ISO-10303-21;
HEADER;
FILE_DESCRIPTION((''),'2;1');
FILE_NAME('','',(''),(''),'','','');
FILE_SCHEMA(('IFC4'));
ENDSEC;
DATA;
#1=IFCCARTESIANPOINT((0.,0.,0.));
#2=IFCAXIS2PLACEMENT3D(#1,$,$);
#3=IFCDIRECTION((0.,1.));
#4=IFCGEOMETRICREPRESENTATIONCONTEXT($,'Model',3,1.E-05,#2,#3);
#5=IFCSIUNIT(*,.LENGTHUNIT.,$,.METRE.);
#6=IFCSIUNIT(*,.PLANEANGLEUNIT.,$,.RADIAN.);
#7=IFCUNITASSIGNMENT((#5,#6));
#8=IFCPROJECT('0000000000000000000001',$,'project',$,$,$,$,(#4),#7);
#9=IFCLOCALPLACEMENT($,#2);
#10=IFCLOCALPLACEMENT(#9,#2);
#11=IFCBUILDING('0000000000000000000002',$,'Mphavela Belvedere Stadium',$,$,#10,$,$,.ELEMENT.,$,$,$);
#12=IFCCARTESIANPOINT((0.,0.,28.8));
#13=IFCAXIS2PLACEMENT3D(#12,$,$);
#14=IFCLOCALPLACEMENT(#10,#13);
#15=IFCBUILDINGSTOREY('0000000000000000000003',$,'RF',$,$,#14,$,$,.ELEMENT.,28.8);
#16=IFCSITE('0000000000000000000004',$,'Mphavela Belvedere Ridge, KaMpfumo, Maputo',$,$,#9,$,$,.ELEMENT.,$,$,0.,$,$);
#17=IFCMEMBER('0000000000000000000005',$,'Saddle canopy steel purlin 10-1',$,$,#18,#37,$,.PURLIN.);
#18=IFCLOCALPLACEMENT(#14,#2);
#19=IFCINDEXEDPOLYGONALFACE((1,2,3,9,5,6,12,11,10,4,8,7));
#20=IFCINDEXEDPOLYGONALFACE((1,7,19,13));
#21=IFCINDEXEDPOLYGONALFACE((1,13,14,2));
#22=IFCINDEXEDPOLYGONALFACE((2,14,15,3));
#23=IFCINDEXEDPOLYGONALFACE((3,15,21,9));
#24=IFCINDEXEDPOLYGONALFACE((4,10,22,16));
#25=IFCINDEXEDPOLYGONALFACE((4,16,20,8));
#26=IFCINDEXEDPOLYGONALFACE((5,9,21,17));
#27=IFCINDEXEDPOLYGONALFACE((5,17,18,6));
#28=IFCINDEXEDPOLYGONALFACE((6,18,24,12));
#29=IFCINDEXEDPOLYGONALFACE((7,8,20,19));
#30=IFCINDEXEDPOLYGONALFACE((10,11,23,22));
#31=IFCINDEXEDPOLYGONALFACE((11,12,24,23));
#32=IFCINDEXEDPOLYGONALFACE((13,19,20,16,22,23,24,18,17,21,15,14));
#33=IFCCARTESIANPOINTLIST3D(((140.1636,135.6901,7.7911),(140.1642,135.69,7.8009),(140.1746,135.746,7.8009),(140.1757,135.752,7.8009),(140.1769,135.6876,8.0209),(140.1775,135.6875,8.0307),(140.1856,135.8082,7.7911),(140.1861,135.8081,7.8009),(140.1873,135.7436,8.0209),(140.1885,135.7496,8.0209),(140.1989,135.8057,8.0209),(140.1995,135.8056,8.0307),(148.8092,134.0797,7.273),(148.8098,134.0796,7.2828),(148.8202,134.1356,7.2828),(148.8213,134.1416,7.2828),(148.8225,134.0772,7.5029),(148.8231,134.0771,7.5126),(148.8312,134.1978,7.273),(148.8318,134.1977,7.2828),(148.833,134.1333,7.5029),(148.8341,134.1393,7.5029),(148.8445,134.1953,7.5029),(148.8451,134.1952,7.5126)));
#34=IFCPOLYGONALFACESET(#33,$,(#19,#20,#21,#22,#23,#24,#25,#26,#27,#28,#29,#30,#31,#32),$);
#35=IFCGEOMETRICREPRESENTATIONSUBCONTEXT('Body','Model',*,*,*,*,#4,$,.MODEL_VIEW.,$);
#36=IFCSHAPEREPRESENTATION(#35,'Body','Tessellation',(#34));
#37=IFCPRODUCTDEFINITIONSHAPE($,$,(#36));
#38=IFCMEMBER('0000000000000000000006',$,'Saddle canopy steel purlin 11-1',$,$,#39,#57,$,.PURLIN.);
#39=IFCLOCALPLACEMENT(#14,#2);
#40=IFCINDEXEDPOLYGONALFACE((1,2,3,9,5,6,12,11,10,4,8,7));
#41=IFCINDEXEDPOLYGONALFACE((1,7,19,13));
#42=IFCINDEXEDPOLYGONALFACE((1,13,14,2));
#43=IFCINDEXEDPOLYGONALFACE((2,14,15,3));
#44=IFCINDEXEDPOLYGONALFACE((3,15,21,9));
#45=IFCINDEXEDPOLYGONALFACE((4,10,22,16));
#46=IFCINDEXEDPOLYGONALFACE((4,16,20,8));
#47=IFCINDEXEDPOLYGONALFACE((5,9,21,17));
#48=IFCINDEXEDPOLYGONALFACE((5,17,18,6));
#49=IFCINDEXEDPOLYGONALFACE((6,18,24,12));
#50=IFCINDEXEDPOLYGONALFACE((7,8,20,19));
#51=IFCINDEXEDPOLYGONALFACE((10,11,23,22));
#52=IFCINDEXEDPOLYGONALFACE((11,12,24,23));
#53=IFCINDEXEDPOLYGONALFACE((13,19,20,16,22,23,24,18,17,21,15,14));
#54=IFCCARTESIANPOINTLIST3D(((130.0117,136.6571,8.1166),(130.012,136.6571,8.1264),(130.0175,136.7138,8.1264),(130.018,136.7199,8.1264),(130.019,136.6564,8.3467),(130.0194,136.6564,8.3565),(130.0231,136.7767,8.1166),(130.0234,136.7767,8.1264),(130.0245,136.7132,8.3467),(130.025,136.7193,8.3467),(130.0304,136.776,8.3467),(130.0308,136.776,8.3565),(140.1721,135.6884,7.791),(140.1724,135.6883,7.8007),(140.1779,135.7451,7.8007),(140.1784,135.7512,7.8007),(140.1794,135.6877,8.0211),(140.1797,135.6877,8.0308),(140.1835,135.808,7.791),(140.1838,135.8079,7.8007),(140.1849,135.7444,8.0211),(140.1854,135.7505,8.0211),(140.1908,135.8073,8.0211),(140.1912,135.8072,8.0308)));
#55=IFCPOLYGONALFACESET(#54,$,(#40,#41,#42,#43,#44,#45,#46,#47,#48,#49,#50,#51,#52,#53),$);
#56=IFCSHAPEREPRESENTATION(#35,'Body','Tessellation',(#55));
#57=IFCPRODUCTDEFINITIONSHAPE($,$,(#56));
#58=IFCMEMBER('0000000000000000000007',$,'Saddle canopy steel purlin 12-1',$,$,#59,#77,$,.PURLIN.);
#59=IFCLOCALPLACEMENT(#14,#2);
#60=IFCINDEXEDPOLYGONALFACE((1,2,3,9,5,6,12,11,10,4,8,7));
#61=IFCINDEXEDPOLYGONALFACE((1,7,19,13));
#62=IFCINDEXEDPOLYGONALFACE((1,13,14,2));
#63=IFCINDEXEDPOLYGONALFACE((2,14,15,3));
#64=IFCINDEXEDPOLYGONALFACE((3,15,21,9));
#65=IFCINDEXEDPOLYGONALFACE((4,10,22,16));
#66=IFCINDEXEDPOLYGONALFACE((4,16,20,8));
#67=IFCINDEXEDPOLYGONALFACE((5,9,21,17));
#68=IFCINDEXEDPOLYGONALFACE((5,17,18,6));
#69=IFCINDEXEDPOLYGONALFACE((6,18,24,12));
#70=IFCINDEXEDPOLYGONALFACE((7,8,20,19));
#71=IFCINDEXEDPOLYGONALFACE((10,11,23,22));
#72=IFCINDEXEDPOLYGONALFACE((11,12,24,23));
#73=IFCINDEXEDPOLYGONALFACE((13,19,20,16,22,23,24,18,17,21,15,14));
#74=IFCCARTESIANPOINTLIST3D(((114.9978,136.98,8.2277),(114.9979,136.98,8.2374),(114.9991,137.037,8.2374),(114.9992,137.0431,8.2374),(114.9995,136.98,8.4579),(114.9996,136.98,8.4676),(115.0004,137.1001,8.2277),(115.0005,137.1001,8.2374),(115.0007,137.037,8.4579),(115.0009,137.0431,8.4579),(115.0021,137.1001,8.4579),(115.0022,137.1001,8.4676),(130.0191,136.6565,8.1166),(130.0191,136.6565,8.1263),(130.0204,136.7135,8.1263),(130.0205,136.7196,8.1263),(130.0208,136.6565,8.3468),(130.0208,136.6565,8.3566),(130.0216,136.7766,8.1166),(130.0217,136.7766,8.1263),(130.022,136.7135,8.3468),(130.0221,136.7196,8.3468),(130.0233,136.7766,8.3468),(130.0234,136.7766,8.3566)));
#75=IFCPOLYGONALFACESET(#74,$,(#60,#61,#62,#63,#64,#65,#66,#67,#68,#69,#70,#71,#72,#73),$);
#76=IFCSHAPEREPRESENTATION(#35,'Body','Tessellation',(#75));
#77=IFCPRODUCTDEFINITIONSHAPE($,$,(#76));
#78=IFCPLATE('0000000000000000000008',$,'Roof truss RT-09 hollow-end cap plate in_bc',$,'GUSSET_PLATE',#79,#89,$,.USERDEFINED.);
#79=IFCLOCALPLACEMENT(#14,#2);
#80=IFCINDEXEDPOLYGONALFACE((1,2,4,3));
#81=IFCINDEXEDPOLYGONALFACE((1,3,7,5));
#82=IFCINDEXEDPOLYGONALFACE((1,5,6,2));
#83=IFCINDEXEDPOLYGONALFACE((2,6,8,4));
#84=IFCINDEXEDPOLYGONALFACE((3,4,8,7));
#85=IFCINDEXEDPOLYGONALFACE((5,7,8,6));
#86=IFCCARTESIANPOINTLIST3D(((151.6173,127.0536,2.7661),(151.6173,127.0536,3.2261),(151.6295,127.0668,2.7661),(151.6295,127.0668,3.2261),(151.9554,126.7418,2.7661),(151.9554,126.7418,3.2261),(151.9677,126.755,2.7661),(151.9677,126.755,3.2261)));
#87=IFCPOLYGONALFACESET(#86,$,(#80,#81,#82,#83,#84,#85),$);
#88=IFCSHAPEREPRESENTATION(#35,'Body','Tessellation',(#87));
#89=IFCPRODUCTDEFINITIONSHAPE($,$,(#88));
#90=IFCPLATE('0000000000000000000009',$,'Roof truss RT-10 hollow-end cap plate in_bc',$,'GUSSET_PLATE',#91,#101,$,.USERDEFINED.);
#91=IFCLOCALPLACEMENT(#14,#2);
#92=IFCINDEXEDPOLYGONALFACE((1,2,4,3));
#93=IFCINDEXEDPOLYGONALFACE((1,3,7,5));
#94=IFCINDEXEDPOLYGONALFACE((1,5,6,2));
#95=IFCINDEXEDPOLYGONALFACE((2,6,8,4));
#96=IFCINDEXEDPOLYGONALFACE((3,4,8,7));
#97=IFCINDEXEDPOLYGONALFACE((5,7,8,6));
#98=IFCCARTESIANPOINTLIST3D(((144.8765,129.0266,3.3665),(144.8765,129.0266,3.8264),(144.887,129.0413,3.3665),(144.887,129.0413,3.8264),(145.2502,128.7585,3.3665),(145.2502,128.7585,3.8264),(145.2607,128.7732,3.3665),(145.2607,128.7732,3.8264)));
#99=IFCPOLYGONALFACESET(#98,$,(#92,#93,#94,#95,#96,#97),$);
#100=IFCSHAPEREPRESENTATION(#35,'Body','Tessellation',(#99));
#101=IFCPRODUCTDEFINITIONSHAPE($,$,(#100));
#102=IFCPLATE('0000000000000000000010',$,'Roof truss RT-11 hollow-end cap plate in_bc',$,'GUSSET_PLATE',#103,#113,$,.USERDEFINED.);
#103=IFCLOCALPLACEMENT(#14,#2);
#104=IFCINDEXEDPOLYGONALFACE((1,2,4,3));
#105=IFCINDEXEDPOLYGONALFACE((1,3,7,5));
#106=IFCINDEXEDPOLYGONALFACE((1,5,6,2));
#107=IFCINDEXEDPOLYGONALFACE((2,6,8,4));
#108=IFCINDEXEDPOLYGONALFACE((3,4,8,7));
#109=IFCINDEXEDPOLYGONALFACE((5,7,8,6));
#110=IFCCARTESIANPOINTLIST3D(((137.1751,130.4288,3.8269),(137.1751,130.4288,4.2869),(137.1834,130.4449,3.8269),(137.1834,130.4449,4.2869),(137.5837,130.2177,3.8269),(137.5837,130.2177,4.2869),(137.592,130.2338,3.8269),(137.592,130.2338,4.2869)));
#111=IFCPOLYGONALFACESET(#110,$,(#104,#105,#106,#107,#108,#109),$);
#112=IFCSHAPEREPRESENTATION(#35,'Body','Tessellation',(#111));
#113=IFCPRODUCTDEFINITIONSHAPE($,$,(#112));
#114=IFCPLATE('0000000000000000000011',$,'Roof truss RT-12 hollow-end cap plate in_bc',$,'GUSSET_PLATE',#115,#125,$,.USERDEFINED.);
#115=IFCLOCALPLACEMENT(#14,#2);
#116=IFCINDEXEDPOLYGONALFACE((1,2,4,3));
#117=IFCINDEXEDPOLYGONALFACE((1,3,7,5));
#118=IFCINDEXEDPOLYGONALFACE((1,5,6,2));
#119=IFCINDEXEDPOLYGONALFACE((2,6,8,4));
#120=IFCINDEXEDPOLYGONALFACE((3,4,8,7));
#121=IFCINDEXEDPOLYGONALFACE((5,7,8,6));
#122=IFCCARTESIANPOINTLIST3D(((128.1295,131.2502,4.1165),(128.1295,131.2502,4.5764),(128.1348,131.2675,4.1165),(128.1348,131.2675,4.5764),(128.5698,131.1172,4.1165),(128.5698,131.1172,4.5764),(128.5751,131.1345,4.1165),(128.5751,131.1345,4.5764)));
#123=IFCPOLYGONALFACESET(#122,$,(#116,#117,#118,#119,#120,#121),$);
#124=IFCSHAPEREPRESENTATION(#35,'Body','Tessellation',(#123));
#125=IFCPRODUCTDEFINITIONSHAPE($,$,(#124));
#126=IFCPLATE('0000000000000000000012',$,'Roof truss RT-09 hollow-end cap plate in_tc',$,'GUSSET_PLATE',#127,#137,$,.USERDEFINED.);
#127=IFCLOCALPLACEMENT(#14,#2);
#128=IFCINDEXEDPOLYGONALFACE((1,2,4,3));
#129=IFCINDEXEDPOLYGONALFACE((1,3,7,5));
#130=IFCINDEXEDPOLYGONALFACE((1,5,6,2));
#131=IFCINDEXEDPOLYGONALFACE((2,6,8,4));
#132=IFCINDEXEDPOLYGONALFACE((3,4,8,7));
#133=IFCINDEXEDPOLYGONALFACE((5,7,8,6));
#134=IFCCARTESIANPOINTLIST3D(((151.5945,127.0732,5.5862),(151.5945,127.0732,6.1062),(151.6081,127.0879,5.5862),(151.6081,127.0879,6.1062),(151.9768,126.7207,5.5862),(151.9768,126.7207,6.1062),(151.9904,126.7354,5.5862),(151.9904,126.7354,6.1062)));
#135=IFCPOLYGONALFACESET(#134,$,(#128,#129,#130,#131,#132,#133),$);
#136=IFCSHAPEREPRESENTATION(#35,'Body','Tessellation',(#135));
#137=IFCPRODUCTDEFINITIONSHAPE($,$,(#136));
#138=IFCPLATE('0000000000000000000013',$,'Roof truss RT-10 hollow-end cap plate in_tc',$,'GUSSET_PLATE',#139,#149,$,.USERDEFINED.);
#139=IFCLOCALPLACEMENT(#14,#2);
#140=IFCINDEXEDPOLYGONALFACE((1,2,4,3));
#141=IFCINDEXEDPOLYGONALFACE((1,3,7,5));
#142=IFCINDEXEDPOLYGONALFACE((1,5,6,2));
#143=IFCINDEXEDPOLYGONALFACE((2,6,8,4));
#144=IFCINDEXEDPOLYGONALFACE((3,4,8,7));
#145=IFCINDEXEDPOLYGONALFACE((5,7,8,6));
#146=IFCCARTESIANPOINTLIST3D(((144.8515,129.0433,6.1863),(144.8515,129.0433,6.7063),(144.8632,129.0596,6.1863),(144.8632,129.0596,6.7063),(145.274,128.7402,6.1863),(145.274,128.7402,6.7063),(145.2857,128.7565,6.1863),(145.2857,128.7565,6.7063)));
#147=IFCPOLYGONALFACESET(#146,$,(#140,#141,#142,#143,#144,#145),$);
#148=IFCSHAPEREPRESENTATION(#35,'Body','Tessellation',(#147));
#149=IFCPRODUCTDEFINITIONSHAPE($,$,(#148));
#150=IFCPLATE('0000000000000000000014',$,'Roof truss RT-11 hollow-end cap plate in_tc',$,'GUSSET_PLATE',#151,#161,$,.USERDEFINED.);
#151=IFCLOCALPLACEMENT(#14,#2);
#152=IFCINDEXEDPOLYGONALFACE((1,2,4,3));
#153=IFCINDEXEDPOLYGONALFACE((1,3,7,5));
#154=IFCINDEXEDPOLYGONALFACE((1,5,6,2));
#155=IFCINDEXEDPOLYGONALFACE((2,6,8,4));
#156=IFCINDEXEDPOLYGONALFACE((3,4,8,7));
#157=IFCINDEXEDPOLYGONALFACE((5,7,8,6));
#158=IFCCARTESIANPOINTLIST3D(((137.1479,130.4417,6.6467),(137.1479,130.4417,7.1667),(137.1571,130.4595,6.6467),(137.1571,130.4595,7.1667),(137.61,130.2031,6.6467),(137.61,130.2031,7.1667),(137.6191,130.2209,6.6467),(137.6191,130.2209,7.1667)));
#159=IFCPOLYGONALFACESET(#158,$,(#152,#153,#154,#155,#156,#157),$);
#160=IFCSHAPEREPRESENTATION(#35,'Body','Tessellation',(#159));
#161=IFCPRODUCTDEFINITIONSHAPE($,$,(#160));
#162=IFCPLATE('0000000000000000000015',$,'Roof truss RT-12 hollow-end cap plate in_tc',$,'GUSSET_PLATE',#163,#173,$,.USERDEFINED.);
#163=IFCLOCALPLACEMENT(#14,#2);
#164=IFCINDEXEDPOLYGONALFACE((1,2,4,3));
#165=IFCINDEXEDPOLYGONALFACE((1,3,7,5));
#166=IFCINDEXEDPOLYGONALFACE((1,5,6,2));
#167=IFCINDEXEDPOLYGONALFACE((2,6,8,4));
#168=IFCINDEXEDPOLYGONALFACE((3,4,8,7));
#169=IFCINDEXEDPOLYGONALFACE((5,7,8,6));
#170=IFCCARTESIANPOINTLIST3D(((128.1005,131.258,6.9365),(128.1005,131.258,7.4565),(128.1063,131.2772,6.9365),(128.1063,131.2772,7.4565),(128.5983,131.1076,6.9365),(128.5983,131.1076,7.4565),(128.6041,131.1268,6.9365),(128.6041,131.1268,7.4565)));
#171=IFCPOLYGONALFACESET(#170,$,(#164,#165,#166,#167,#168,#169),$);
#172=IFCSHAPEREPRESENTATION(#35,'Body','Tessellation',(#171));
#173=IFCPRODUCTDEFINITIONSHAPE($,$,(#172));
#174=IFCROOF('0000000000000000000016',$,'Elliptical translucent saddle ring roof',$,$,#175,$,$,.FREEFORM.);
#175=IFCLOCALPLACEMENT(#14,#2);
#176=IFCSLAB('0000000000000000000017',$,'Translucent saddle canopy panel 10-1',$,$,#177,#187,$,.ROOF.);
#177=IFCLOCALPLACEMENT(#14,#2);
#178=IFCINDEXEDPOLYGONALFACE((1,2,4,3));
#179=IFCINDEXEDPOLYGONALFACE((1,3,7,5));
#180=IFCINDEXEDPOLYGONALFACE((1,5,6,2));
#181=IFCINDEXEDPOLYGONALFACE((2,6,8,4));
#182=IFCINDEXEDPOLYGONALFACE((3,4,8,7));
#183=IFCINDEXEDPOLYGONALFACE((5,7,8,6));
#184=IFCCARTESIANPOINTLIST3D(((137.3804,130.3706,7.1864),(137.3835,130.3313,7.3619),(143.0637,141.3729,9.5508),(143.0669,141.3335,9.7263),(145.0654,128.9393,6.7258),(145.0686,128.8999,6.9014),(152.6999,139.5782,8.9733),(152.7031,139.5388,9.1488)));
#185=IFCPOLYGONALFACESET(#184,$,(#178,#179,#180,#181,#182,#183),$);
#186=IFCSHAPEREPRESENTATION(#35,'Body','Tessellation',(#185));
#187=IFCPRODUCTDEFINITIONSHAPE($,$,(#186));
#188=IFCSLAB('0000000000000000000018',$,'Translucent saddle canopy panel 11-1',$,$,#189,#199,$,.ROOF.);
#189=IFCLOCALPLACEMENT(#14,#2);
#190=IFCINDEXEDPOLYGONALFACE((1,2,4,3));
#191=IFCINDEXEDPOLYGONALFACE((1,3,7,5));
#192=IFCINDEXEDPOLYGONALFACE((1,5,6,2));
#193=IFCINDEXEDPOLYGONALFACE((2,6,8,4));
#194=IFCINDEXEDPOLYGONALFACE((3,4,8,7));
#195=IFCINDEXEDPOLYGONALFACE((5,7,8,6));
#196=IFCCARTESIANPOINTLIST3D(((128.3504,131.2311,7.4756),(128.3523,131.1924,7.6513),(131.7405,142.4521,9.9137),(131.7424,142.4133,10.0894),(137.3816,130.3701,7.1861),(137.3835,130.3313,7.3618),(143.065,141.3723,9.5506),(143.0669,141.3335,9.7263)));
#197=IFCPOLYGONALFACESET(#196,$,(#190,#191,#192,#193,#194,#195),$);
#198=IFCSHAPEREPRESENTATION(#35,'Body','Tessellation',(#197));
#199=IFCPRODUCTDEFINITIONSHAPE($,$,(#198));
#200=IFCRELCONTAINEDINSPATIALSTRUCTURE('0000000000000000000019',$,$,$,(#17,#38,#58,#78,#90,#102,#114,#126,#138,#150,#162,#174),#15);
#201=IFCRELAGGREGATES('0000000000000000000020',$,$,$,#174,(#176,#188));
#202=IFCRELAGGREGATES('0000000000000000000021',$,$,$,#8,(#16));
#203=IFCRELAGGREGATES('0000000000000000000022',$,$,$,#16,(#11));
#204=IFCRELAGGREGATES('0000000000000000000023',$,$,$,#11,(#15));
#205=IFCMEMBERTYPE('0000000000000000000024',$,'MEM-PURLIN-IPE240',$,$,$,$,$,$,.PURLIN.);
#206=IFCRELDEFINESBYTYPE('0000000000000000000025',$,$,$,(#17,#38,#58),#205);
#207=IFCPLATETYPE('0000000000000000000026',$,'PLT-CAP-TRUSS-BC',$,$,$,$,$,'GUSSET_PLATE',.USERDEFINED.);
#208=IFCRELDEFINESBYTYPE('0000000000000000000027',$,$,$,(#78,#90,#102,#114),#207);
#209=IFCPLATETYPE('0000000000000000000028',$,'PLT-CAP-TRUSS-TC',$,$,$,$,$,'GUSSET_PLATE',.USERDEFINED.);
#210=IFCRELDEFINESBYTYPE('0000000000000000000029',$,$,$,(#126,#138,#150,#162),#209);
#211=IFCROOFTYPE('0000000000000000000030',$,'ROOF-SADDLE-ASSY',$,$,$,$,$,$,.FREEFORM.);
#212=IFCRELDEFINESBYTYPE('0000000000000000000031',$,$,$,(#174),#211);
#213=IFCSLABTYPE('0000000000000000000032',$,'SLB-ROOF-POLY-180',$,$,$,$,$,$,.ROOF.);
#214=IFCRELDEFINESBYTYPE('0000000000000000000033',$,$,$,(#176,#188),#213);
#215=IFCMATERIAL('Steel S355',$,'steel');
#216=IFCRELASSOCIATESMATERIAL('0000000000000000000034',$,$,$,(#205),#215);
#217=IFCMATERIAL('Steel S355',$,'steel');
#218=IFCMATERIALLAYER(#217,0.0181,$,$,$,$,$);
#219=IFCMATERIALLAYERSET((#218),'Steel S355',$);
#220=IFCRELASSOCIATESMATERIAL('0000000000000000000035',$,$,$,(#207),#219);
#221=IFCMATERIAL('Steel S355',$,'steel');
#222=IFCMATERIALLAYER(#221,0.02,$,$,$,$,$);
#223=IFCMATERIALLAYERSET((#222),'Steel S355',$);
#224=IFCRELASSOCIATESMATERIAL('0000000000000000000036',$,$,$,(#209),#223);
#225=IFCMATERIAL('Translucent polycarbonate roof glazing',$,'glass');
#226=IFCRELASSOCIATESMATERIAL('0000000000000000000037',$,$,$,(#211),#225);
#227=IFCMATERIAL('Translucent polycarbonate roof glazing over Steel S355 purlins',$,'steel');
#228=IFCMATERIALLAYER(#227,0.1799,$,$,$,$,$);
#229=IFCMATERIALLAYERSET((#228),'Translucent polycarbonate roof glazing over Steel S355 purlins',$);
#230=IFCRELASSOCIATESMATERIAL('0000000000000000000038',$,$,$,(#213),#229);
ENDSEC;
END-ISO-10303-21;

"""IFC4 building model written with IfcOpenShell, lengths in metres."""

from ifc_helpers import new_model, si_unit, direction, frame, origin, origin_2d, place, context, subcontext, project, spatial, polyline, rectangle, i_section, outline, extrude, material, layer, layer_set, material_profile, profile_set, type_object, element, aggregate, save


model = new_model("IFC4")

# Units and contexts
model_context = context("Model", 3, precision=1e-05, world=origin(), true_north=direction((0.0, 1.0)))
body_context = subcontext(model_context, "Body", "Model", "MODEL_VIEW")
ifc_project = project(units=[si_unit("LENGTHUNIT", "METRE"), si_unit("PLANEANGLEUNIT", "RADIAN")], contexts=[model_context])

# Site, building, storey
site_placement = place(None, origin())
site = spatial("IfcSite", under=ifc_project, at=site_placement, Name="Mphavela Belvedere Ridge, KaMpfumo, Maputo", CompositionType="ELEMENT", RefElevation=0.0)
building_placement = place(site_placement, origin())
building = spatial("IfcBuilding", under=site, at=building_placement, Name="Mphavela Belvedere Stadium", CompositionType="ELEMENT")
storey_placement = place(building_placement, frame((0.0, 0.0, 28.8)))
storey = spatial("IfcBuildingStorey", under=building, at=storey_placement, Name="RF", CompositionType="ELEMENT", Elevation=28.8)

# Members
ifc_material_1 = material(Name="Steel S355", Category="steel")
ifc_material_profile_1 = material_profile(ifc_material_1, i_section(OverallWidth=0.1201, OverallDepth=0.24, WebThickness=0.0061, FlangeThickness=0.0098, at=origin_2d()), Name="IPE 240")
ifc_profile_set_1 = profile_set([ifc_material_profile_1], Name="Steel S355")
member_type_1 = type_object("IfcMemberType", Name="MEM-PURLIN-IPE240", PredefinedType="PURLIN", material=ifc_profile_set_1)
member_1_placement = place(storey_placement, frame((148.8271, 134.1375, 7.3928), z_axis=(-0.98139, 0.182798, 0.058808), x_axis=(-0.183115, -0.983091, 0.0)))
element("IfcMember", 1, at=member_1_placement, inside=storey, type_object=member_type_1, Name="Saddle canopy steel purlin 10-1", PredefinedType="PURLIN", context=body_context, shape_type="SweptSolid", body=[
    extrude(i_section(OverallWidth=0.1201, OverallDepth=0.24, WebThickness=0.0061, FlangeThickness=0.0098, at=origin_2d()), origin(), (0.0, 0.0, 1.0), 8.8096),
])
member_2_placement = place(storey_placement, frame((140.1816, 135.7478, 7.9109), z_axis=(-0.994979, 0.094867, 0.031893), x_axis=(-0.094915, -0.995485, 0.0)))
element("IfcMember", 2, at=member_2_placement, inside=storey, type_object=member_type_1, Name="Saddle canopy steel purlin 11-1", PredefinedType="PURLIN", context=body_context, shape_type="SweptSolid", body=[
    extrude(i_section(OverallWidth=0.1201, OverallDepth=0.24, WebThickness=0.0061, FlangeThickness=0.0098, at=origin_2d()), origin(), (0.0, 0.0, 1.0), 10.2117),
])
member_3_placement = place(storey_placement, frame((130.0212, 136.7166, 8.2366), z_axis=(-0.999741, 0.02153, 0.007393), x_axis=(-0.02153, -0.999768, 0.0)))
element("IfcMember", 3, at=member_3_placement, inside=storey, type_object=member_type_1, Name="Saddle canopy steel purlin 12-1", PredefinedType="PURLIN", context=body_context, shape_type="SweptSolid", body=[
    extrude(i_section(OverallWidth=0.1201, OverallDepth=0.24, WebThickness=0.0061, FlangeThickness=0.0098, at=origin_2d()), origin(), (0.0, 0.0, 1.0), 15.0251),
])

# Plates
ifc_material_2 = material(Name="Steel S355", Category="steel")
ifc_layer_1 = layer(ifc_material_2, 0.0181)
ifc_layer_set_1 = layer_set([ifc_layer_1], Name="Steel S355")
plate_type_1 = type_object("IfcPlateType", Name="PLT-CAP-TRUSS-BC", ElementType="GUSSET_PLATE", PredefinedType="USERDEFINED", material=ifc_layer_set_1)
for number, where, z_axis, x_axis, name in (
    (4, (151.7925, 126.9043, 2.7661), (0.0, 0.0, 1.0), (0.677903, 0.735151, 0.0), "Roof truss RT-09 hollow-end cap plate in_bc"),
    (5, (145.0686, 128.8999, 3.3665), (0.0, 0.0, 1.0), (0.582974, 0.812491, 0.0), "Roof truss RT-10 hollow-end cap plate in_bc"),
    (6, (137.3835, 130.3313, 3.8269), (0.0, 0.0, 1.0), (0.45896, 0.888457, 0.0), "Roof truss RT-11 hollow-end cap plate in_bc"),
    (7, (128.3523, 131.1924, 4.1165), (0.0, 0.0, 1.0), (0.289199, 0.957269, 0.0), "Roof truss RT-12 hollow-end cap plate in_bc"),
):
    element("IfcPlate", number, at=place(storey_placement, frame(where, z_axis=z_axis, x_axis=x_axis)), inside=storey, type_object=plate_type_1, Name=name, ObjectType="GUSSET_PLATE", PredefinedType="USERDEFINED", context=body_context, shape_type="SweptSolid", body=[
        extrude(rectangle(XDim=0.0181, YDim=0.46, at=origin_2d()), origin(), (0.0, 0.0, 1.0), 0.46),
    ])
ifc_material_3 = material(Name="Steel S355", Category="steel")
ifc_layer_2 = layer(ifc_material_3, 0.02)
ifc_layer_set_2 = layer_set([ifc_layer_2], Name="Steel S355")
plate_type_2 = type_object("IfcPlateType", Name="PLT-CAP-TRUSS-TC", ElementType="GUSSET_PLATE", PredefinedType="USERDEFINED", material=ifc_layer_set_2)
for number, where, z_axis, x_axis, name in (
    (8, (151.7925, 126.9043, 5.5862), (0.0, 0.0, 1.0), (0.677903, 0.735151, 0.0), "Roof truss RT-09 hollow-end cap plate in_tc"),
    (9, (145.0686, 128.8999, 6.1863), (0.0, 0.0, 1.0), (0.582974, 0.812491, 0.0), "Roof truss RT-10 hollow-end cap plate in_tc"),
    (10, (137.3835, 130.3313, 6.6467), (0.0, 0.0, 1.0), (0.45896, 0.888457, 0.0), "Roof truss RT-11 hollow-end cap plate in_tc"),
    (11, (128.3523, 131.1924, 6.9365), (0.0, 0.0, 1.0), (0.289199, 0.957269, 0.0), "Roof truss RT-12 hollow-end cap plate in_tc"),
):
    element("IfcPlate", number, at=place(storey_placement, frame(where, z_axis=z_axis, x_axis=x_axis)), inside=storey, type_object=plate_type_2, Name=name, ObjectType="GUSSET_PLATE", PredefinedType="USERDEFINED", context=body_context, shape_type="SweptSolid", body=[
        extrude(rectangle(XDim=0.02, YDim=0.52, at=origin_2d()), origin(), (0.0, 0.0, 1.0), 0.52),
    ])

# Roof, slabs
ifc_material_4 = material(Name="Translucent polycarbonate roof glazing", Category="glass")
roof_type = type_object("IfcRoofType", Name="ROOF-SADDLE-ASSY", PredefinedType="FREEFORM", material=ifc_material_4)
roof_placement = place(storey_placement, origin())
roof = element("IfcRoof", 12, at=roof_placement, inside=storey, type_object=roof_type, Name="Elliptical translucent saddle ring roof", PredefinedType="FREEFORM")
ifc_material_5 = material(Name="Translucent polycarbonate roof glazing over Steel S355 purlins", Category="steel")
ifc_layer_3 = layer(ifc_material_5, 0.1799)
ifc_layer_set_3 = layer_set([ifc_layer_3], Name="Translucent polycarbonate roof glazing over Steel S355 purlins")
slab_type = type_object("IfcSlabType", Name="SLB-ROOF-POLY-180", PredefinedType="ROOF", material=ifc_layer_set_3)
slab_1_placement = place(storey_placement, frame((145.0686, 128.8999, 6.9014), z_axis=(0.017716, -0.218809, 0.975607), x_axis=(-0.981392, 0.182787, 0.058817)))
slab_1 = element("IfcSlab", 13, at=slab_1_placement, type_object=slab_type, Name="Translucent saddle canopy panel 10-1", PredefinedType="ROOF", context=body_context, shape_type="SweptSolid", body=[
    extrude(outline(polyline([(0.0, 0.0), (7.8308, 0.0), (4.4033, -12.1323), (-5.4156, -12.1324), (0.0, 0.0)])), origin(), (0.0, 0.0, -1.0), 0.1799),
])
slab_2_placement = place(storey_placement, frame((137.3835, 130.3313, 7.3618), z_axis=(0.010765, -0.215412, 0.976464), x_axis=(-0.994979, 0.094867, 0.031897)))
slab_2 = element("IfcSlab", 14, at=slab_2_placement, type_object=slab_type, Name="Translucent saddle canopy panel 11-1", PredefinedType="ROOF", context=body_context, shape_type="SweptSolid", body=[
    extrude(outline(polyline([(0.0, 0.0), (9.0768, 0.0), (6.846, -11.7631), (-4.5356, -11.763), (0.0, 0.0)])), origin(), (0.0, 0.0, -1.0), 0.1799),
])
aggregate(roof, [slab_1, slab_2])

save(model, "model.ifc")
